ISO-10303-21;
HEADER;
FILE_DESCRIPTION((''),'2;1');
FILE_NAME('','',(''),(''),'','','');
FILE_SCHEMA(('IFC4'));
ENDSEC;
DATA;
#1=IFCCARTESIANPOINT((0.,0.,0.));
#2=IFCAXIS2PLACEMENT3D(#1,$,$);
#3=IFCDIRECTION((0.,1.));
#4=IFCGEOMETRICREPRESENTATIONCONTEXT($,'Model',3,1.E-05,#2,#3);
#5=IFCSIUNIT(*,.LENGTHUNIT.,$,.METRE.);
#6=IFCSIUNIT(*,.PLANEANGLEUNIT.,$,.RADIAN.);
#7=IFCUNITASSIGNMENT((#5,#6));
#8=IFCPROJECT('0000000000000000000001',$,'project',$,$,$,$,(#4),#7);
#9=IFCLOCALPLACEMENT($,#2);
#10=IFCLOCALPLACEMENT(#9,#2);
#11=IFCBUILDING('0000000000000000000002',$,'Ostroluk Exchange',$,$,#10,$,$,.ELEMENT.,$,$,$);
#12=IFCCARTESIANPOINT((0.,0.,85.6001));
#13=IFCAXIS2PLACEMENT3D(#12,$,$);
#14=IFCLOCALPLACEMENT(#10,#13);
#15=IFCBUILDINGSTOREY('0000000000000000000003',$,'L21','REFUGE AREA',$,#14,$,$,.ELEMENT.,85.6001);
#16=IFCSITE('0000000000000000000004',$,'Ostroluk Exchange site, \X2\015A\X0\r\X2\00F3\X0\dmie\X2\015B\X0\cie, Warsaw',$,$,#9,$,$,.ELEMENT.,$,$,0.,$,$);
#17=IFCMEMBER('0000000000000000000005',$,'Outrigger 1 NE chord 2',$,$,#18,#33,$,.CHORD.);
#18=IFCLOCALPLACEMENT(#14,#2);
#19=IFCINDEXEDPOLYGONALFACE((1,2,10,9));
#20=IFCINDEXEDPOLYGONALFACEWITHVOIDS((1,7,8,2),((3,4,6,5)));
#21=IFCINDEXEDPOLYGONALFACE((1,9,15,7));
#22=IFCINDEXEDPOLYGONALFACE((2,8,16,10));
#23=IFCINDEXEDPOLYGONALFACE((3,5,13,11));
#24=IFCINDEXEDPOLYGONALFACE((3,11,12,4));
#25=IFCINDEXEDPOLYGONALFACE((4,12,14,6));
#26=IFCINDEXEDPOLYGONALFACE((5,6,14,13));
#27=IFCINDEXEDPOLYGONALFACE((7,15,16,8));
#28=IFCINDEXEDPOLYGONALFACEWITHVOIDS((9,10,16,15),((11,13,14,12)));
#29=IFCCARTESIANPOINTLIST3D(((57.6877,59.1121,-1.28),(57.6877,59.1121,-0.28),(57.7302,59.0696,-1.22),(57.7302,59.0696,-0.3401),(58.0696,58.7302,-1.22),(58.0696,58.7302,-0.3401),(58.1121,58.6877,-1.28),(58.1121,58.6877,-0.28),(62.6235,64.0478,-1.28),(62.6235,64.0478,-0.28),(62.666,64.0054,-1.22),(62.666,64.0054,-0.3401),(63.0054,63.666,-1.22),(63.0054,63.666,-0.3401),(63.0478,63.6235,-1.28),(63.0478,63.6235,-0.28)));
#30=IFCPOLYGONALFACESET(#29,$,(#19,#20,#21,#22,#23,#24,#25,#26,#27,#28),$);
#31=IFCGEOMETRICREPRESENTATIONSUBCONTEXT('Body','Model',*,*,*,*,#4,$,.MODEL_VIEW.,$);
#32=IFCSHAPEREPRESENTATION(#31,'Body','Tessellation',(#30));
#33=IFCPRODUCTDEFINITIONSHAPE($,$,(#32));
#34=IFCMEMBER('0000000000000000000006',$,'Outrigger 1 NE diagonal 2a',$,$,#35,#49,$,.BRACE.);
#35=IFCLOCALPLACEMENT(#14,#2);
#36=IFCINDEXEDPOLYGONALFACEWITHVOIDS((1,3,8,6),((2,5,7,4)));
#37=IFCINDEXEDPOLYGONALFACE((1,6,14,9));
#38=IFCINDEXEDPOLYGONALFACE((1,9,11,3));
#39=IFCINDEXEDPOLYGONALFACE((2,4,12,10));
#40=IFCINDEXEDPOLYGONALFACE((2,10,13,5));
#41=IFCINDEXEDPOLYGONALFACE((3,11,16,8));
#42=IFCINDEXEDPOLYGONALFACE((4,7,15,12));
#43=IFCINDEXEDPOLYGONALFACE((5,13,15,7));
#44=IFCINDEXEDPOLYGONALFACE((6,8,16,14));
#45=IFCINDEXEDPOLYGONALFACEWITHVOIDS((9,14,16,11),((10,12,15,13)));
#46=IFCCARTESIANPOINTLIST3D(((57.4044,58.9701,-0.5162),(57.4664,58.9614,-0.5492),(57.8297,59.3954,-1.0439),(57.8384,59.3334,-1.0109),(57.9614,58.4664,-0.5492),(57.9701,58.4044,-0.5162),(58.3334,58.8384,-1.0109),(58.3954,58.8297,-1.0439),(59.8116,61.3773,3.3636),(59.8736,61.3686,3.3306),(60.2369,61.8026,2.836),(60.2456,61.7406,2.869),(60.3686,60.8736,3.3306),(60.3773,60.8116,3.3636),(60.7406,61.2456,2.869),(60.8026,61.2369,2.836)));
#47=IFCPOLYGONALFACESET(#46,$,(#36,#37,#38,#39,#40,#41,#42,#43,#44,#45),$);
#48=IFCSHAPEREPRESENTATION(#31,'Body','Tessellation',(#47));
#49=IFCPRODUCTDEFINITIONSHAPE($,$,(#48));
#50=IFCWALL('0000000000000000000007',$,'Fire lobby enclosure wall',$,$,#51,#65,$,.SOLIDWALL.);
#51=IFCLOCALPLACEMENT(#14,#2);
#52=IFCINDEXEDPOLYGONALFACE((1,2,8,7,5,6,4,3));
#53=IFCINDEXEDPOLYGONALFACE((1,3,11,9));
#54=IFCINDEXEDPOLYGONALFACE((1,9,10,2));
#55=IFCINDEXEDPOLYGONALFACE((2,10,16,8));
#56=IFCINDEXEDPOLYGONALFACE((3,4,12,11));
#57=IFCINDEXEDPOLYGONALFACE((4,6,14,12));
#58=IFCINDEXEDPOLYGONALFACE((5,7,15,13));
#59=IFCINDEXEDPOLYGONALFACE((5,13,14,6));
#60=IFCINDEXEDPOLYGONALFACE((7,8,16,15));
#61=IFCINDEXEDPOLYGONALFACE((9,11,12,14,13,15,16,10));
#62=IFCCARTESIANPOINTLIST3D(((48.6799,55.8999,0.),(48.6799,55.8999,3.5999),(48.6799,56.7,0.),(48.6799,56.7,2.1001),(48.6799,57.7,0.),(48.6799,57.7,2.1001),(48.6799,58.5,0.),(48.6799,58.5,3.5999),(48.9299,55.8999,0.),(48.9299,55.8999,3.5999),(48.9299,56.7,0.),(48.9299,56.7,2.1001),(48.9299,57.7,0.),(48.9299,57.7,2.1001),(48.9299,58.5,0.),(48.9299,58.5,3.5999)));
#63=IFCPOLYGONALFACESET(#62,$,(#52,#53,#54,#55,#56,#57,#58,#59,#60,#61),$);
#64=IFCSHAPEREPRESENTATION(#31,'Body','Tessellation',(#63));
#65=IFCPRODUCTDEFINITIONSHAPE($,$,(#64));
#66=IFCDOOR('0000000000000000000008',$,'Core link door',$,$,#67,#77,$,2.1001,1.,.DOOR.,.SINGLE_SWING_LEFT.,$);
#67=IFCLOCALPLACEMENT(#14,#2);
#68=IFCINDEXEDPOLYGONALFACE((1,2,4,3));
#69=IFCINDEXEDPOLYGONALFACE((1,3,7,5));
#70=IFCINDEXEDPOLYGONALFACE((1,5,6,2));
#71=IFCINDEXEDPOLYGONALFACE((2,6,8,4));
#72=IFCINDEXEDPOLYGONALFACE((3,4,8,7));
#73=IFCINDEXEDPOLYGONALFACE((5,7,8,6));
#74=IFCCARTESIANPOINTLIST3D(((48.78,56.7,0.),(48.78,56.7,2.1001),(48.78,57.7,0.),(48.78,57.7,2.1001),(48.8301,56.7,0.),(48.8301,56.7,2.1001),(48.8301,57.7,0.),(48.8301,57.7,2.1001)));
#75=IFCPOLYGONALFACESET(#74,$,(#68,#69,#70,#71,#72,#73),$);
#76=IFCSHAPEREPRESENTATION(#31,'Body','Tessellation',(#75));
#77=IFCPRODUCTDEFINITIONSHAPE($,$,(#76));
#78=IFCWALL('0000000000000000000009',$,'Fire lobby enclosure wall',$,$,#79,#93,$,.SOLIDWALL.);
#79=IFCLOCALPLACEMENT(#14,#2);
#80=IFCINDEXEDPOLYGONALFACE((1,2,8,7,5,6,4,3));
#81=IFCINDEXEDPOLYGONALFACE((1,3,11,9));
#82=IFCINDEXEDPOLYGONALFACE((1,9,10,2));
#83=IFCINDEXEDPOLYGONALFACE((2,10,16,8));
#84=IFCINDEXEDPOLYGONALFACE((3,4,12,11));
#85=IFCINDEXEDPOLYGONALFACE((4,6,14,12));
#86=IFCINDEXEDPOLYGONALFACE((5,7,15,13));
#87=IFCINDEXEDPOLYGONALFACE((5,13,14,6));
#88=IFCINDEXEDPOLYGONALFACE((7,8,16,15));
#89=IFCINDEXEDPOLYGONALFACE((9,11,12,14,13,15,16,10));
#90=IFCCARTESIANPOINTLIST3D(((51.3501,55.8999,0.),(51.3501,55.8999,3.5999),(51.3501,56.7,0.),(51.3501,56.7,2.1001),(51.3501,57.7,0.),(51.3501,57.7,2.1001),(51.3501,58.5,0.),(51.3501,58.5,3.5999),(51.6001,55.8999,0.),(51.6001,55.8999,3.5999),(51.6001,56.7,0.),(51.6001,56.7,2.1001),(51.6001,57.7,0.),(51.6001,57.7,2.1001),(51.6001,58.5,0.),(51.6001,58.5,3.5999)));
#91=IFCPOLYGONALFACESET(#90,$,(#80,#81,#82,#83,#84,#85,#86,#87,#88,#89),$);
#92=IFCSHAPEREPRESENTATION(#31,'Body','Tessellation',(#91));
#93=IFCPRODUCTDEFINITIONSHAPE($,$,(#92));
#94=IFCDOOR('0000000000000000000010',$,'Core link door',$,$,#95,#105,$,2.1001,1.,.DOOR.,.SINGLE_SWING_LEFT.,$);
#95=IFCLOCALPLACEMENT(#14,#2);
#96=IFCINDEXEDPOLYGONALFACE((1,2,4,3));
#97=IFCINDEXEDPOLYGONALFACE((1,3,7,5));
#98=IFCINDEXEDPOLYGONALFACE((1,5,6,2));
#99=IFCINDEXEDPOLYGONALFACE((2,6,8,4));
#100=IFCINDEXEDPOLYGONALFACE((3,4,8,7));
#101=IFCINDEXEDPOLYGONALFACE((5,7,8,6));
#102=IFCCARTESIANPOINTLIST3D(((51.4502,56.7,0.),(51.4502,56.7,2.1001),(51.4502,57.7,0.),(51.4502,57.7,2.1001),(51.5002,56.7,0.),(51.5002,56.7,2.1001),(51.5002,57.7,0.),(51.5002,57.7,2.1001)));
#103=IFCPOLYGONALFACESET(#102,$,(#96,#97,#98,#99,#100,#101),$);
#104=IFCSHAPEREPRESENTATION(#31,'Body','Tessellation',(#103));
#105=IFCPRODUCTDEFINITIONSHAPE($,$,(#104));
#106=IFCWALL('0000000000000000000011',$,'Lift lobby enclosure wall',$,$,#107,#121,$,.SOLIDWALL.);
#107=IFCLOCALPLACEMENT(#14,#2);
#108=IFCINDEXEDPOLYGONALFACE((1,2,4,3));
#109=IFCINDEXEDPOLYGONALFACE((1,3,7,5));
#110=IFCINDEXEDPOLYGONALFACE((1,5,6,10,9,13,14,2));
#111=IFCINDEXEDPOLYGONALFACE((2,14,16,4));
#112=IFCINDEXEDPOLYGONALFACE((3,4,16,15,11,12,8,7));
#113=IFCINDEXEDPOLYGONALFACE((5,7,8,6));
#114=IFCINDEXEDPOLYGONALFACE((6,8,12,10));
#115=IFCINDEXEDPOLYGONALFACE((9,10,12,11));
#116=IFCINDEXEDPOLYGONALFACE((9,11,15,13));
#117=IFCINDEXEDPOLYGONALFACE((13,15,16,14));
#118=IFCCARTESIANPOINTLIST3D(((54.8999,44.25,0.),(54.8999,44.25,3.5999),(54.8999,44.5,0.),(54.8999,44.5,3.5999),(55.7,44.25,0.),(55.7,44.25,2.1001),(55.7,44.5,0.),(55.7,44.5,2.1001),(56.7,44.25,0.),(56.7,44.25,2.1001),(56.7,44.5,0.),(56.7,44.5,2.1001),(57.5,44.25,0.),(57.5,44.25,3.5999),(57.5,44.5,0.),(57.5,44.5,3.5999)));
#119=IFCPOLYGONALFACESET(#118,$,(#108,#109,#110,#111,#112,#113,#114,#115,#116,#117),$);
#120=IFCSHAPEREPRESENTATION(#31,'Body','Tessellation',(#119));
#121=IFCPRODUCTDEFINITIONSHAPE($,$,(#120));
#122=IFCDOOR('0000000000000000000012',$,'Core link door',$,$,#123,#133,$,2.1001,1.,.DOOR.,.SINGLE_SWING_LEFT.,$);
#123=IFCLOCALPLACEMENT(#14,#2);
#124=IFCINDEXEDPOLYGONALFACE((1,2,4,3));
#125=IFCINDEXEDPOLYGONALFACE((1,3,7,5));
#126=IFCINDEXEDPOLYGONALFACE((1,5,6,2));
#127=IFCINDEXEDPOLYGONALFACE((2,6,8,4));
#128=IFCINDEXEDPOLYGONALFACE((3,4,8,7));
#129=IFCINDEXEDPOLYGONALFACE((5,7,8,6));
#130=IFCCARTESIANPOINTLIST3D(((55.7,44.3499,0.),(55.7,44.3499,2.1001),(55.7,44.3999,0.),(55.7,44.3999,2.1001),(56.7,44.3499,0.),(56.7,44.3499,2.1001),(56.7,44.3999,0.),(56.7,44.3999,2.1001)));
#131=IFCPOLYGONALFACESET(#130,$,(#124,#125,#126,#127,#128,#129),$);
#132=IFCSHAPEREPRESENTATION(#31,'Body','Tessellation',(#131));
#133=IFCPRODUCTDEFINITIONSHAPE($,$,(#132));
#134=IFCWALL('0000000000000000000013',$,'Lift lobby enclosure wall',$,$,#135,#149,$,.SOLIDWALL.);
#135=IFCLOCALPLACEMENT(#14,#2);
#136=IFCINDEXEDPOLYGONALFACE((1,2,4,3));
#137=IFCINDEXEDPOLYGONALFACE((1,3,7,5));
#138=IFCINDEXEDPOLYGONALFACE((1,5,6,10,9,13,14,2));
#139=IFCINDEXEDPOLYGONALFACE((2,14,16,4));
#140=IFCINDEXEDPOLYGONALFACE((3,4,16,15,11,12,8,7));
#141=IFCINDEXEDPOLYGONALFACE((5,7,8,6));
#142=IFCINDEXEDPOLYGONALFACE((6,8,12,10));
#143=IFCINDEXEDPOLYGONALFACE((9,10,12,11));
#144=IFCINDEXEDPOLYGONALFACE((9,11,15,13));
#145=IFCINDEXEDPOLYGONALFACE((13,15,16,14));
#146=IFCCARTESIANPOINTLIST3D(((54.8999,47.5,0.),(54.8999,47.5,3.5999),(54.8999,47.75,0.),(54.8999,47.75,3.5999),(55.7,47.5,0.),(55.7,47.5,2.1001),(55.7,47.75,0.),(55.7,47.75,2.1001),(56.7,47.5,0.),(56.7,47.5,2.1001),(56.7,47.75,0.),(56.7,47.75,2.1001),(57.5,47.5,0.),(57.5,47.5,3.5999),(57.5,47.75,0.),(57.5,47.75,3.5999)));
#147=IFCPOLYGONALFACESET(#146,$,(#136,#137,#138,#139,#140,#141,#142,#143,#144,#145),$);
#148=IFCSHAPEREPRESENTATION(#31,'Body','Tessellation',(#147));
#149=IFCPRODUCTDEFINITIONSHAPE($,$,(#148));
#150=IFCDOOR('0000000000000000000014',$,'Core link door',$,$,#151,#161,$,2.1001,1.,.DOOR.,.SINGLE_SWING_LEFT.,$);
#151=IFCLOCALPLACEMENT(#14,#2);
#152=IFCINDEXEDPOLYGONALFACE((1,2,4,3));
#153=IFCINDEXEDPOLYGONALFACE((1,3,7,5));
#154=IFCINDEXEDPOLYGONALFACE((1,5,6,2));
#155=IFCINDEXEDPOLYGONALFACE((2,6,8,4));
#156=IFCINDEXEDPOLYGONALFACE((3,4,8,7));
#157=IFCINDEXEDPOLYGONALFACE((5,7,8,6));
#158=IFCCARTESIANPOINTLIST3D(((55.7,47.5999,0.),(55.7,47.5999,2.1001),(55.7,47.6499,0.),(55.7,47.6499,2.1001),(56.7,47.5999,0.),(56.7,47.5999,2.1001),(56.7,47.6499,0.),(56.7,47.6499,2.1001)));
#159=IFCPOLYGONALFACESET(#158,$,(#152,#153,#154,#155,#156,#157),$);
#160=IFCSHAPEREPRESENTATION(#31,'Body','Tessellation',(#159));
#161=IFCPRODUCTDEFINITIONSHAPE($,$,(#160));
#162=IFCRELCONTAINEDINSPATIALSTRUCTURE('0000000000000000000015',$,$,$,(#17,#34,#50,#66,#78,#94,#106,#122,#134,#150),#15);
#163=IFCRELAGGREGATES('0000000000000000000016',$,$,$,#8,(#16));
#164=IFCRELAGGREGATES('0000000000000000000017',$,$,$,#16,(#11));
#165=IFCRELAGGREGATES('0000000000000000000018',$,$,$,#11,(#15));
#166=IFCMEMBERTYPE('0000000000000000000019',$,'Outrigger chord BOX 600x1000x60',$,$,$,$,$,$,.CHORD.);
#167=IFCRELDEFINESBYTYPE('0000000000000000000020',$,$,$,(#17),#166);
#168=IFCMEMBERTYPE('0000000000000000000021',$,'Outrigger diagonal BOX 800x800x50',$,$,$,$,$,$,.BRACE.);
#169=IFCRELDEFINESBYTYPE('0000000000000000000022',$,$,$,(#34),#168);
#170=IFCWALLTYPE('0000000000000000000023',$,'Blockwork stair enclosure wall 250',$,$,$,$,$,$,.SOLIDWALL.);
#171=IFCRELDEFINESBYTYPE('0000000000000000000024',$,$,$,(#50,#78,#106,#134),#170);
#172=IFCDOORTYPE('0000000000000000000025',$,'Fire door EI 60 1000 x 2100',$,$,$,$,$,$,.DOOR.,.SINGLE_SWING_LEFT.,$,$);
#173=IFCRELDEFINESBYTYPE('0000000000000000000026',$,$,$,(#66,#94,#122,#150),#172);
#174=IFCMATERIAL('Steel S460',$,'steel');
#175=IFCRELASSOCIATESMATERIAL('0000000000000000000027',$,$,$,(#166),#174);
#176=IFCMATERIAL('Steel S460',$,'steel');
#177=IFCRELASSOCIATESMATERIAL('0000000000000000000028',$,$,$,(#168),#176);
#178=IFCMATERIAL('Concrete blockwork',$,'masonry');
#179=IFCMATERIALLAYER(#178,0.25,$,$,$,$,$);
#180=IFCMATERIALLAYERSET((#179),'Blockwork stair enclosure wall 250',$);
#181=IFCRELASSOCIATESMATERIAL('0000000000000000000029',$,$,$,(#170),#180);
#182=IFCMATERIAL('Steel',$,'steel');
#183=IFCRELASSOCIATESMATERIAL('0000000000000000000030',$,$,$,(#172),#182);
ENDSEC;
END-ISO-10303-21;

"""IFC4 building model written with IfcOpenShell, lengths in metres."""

from ifc_helpers import new_model, si_unit, direction, frame, frame_2d, origin, origin_2d, place, context, subcontext, project, spatial, rectangle, hollow_rectangle, extrude, material, layer, layer_set, material_profile, profile_set, type_object, element, fill, save


model = new_model("IFC4")

# Units and contexts
model_context = context("Model", 3, precision=1e-05, world=origin(), true_north=direction((0.0, 1.0)))
body_context = subcontext(model_context, "Body", "Model", "MODEL_VIEW")
ifc_project = project(units=[si_unit("LENGTHUNIT", "METRE"), si_unit("PLANEANGLEUNIT", "RADIAN")], contexts=[model_context])

# Site, building, storey
site_placement = place(None, origin())
site = spatial("IfcSite", under=ifc_project, at=site_placement, Name="Ostroluk Exchange site, Śródmieście, Warsaw", CompositionType="ELEMENT", RefElevation=0.0)
building_placement = place(site_placement, origin())
building = spatial("IfcBuilding", under=site, at=building_placement, Name="Ostroluk Exchange", CompositionType="ELEMENT")
storey_placement = place(building_placement, frame((0.0, 0.0, 85.6001)))
storey = spatial("IfcBuildingStorey", under=building, at=storey_placement, Name="L21", Description="REFUGE AREA", CompositionType="ELEMENT", Elevation=85.6001)

# Members
ifc_material_1 = material(Name="Steel S460", Category="steel")
ifc_material_profile_1 = material_profile(ifc_material_1, hollow_rectangle(XDim=0.6001, YDim=1.0, WallThickness=0.0601, at=origin_2d()), Name="BOX 600x1000x60")
ifc_profile_set_1 = profile_set([ifc_material_profile_1], Name="Steel S460")
member_type_1 = type_object("IfcMemberType", Name="Outrigger chord BOX 600x1000x60", PredefinedType="CHORD", material=ifc_profile_set_1)
member_1_placement = place(storey_placement, frame((57.8999, 58.8999, -0.78), z_axis=(0.707107, 0.707107, 0.0), x_axis=(-0.707107, 0.707107, 0.0)))
element("IfcMember", 1, at=member_1_placement, inside=storey, type_object=member_type_1, Name="Outrigger 1 NE chord 2", PredefinedType="CHORD", context=body_context, shape_type="SweptSolid", body=[
    extrude(hollow_rectangle(XDim=0.6001, YDim=1.0, WallThickness=0.0601, at=origin_2d()), origin(), (0.0, 0.0, 1.0), 6.9802),
])
ifc_material_2 = material(Name="Steel S460", Category="steel")
ifc_material_profile_2 = material_profile(ifc_material_2, hollow_rectangle(XDim=0.8, YDim=0.8, WallThickness=0.05, at=origin_2d()), Name="BOX 800x800x50")
ifc_profile_set_2 = profile_set([ifc_material_profile_2], Name="Steel S460")
member_type_2 = type_object("IfcMemberType", Name="Outrigger diagonal BOX 800x800x50", PredefinedType="BRACE", material=ifc_profile_set_2)
member_2_placement = place(storey_placement, frame((57.8999, 58.8999, -0.78), z_axis=(0.466365, 0.466365, 0.75167), x_axis=(-0.707107, 0.707107, 0.0)))
element("IfcMember", 2, at=member_2_placement, inside=storey, type_object=member_type_2, Name="Outrigger 1 NE diagonal 2a", PredefinedType="BRACE", context=body_context, shape_type="SweptSolid", body=[
    extrude(hollow_rectangle(XDim=0.8, YDim=0.8, WallThickness=0.05, at=origin_2d()), origin(), (0.0, 0.0, 1.0), 5.1616),
])

# Walls, openings, doors
ifc_material_3 = material(Name="Concrete blockwork", Category="masonry")
ifc_layer_1 = layer(ifc_material_3, 0.25)
ifc_layer_set_1 = layer_set([ifc_layer_1], Name="Blockwork stair enclosure wall 250")
wall_type_1 = type_object("IfcWallType", Name="Blockwork stair enclosure wall 250", PredefinedType="SOLIDWALL", material=ifc_layer_set_1)
wall_1_placement = place(storey_placement, frame((48.8049, 55.8999, 0.0), z_axis=(0.0, 0.0, 1.0), x_axis=(0.0, 1.0, 0.0)))
wall_1 = element("IfcWall", 3, at=wall_1_placement, inside=storey, type_object=wall_type_1, Name="Fire lobby enclosure wall", PredefinedType="SOLIDWALL", context=body_context, shape_type="SweptSolid", body=[
    extrude(rectangle(XDim=2.6001, YDim=0.25, at=frame_2d((1.3, 0.0))), origin(), (0.0, 0.0, 1.0), 3.5999),
])
opening_1_placement = place(wall_1_placement, frame((0.8, 0.0, 0.0)))
opening_1 = element("IfcOpeningElement", 4, at=opening_1_placement, cuts=wall_1, PredefinedType="OPENING", context=body_context, shape_type="SweptSolid", body=[
    extrude(rectangle(XDim=1.0, YDim=2.1001, at=frame_2d((0.5, 1.05))), frame((0.0, 0.135, 0.0), z_axis=(0.0, -1.0, 0.0), x_axis=(1.0, 0.0, 0.0)), (0.0, 0.0, 1.0), 0.27),
])
ifc_material_4 = material(Name="Steel", Category="steel")
door_type_1 = type_object("IfcDoorType", Name="Fire door EI 60 1000 x 2100", OperationType="SINGLE_SWING_LEFT", PredefinedType="DOOR", material=ifc_material_4)
door_1_placement = place(opening_1_placement, origin())
door_1 = element("IfcDoor", 5, at=door_1_placement, inside=storey, type_object=door_type_1, Name="Core link door", OperationType="SINGLE_SWING_LEFT", OverallHeight=2.1001, OverallWidth=1.0, PredefinedType="DOOR", context=body_context, shape_type="SweptSolid", body=[
    extrude(rectangle(XDim=1.0, YDim=2.1001, at=frame_2d((0.5, 1.05))), frame((0.0, 0.0249, 0.0), z_axis=(0.0, -1.0, 0.0), x_axis=(1.0, 0.0, 0.0)), (0.0, 0.0, 1.0), 0.05),
])
fill(opening_1, door_1)
wall_2_placement = place(storey_placement, frame((51.4751, 55.8999, 0.0), z_axis=(0.0, 0.0, 1.0), x_axis=(0.0, 1.0, 0.0)))
wall_2 = element("IfcWall", 6, at=wall_2_placement, inside=storey, type_object=wall_type_1, Name="Fire lobby enclosure wall", PredefinedType="SOLIDWALL", context=body_context, shape_type="SweptSolid", body=[
    extrude(rectangle(XDim=2.6001, YDim=0.25, at=frame_2d((1.3, 0.0))), origin(), (0.0, 0.0, 1.0), 3.5999),
])
opening_2_placement = place(wall_2_placement, frame((0.8, 0.0, 0.0)))
opening_2 = element("IfcOpeningElement", 7, at=opening_2_placement, cuts=wall_2, PredefinedType="OPENING", context=body_context, shape_type="SweptSolid", body=[
    extrude(rectangle(XDim=1.0, YDim=2.1001, at=frame_2d((0.5, 1.05))), frame((0.0, 0.135, 0.0), z_axis=(0.0, -1.0, 0.0), x_axis=(1.0, 0.0, 0.0)), (0.0, 0.0, 1.0), 0.27),
])
door_2_placement = place(opening_2_placement, origin())
door_2 = element("IfcDoor", 8, at=door_2_placement, inside=storey, type_object=door_type_1, Name="Core link door", OperationType="SINGLE_SWING_LEFT", OverallHeight=2.1001, OverallWidth=1.0, PredefinedType="DOOR", context=body_context, shape_type="SweptSolid", body=[
    extrude(rectangle(XDim=1.0, YDim=2.1001, at=frame_2d((0.5, 1.05))), frame((0.0, 0.0249, 0.0), z_axis=(0.0, -1.0, 0.0), x_axis=(1.0, 0.0, 0.0)), (0.0, 0.0, 1.0), 0.05),
])
fill(opening_2, door_2)
wall_3_placement = place(storey_placement, frame((54.8999, 44.375, 0.0), z_axis=(0.0, 0.0, 1.0), x_axis=(1.0, 0.0, 0.0)))
wall_3 = element("IfcWall", 9, at=wall_3_placement, inside=storey, type_object=wall_type_1, Name="Lift lobby enclosure wall", PredefinedType="SOLIDWALL", context=body_context, shape_type="SweptSolid", body=[
    extrude(rectangle(XDim=2.6001, YDim=0.25, at=frame_2d((1.3, 0.0))), origin(), (0.0, 0.0, 1.0), 3.5999),
])
opening_3_placement = place(wall_3_placement, frame((0.8, 0.0, 0.0)))
opening_3 = element("IfcOpeningElement", 10, at=opening_3_placement, cuts=wall_3, PredefinedType="OPENING", context=body_context, shape_type="SweptSolid", body=[
    extrude(rectangle(XDim=1.0, YDim=2.1001, at=frame_2d((0.5, 1.05))), frame((0.0, 0.135, 0.0), z_axis=(0.0, -1.0, 0.0), x_axis=(1.0, 0.0, 0.0)), (0.0, 0.0, 1.0), 0.27),
])
door_3_placement = place(opening_3_placement, origin())
door_3 = element("IfcDoor", 11, at=door_3_placement, inside=storey, type_object=door_type_1, Name="Core link door", OperationType="SINGLE_SWING_LEFT", OverallHeight=2.1001, OverallWidth=1.0, PredefinedType="DOOR", context=body_context, shape_type="SweptSolid", body=[
    extrude(rectangle(XDim=1.0, YDim=2.1001, at=frame_2d((0.5, 1.05))), frame((0.0, 0.0249, 0.0), z_axis=(0.0, -1.0, 0.0), x_axis=(1.0, 0.0, 0.0)), (0.0, 0.0, 1.0), 0.05),
])
fill(opening_3, door_3)
wall_4_placement = place(storey_placement, frame((54.8999, 47.625, 0.0), z_axis=(0.0, 0.0, 1.0), x_axis=(1.0, 0.0, 0.0)))
wall_4 = element("IfcWall", 12, at=wall_4_placement, inside=storey, type_object=wall_type_1, Name="Lift lobby enclosure wall", PredefinedType="SOLIDWALL", context=body_context, shape_type="SweptSolid", body=[
    extrude(rectangle(XDim=2.6001, YDim=0.25, at=frame_2d((1.3, 0.0))), origin(), (0.0, 0.0, 1.0), 3.5999),
])
opening_4_placement = place(wall_4_placement, frame((0.8, 0.0, 0.0)))
opening_4 = element("IfcOpeningElement", 13, at=opening_4_placement, cuts=wall_4, PredefinedType="OPENING", context=body_context, shape_type="SweptSolid", body=[
    extrude(rectangle(XDim=1.0, YDim=2.1001, at=frame_2d((0.5, 1.05))), frame((0.0, 0.135, 0.0), z_axis=(0.0, -1.0, 0.0), x_axis=(1.0, 0.0, 0.0)), (0.0, 0.0, 1.0), 0.27),
])
door_4_placement = place(opening_4_placement, origin())
door_4 = element("IfcDoor", 14, at=door_4_placement, inside=storey, type_object=door_type_1, Name="Core link door", OperationType="SINGLE_SWING_LEFT", OverallHeight=2.1001, OverallWidth=1.0, PredefinedType="DOOR", context=body_context, shape_type="SweptSolid", body=[
    extrude(rectangle(XDim=1.0, YDim=2.1001, at=frame_2d((0.5, 1.05))), frame((0.0, 0.0249, 0.0), z_axis=(0.0, -1.0, 0.0), x_axis=(1.0, 0.0, 0.0)), (0.0, 0.0, 1.0), 0.05),
])
fill(opening_4, door_4)

save(model, "model.ifc")
